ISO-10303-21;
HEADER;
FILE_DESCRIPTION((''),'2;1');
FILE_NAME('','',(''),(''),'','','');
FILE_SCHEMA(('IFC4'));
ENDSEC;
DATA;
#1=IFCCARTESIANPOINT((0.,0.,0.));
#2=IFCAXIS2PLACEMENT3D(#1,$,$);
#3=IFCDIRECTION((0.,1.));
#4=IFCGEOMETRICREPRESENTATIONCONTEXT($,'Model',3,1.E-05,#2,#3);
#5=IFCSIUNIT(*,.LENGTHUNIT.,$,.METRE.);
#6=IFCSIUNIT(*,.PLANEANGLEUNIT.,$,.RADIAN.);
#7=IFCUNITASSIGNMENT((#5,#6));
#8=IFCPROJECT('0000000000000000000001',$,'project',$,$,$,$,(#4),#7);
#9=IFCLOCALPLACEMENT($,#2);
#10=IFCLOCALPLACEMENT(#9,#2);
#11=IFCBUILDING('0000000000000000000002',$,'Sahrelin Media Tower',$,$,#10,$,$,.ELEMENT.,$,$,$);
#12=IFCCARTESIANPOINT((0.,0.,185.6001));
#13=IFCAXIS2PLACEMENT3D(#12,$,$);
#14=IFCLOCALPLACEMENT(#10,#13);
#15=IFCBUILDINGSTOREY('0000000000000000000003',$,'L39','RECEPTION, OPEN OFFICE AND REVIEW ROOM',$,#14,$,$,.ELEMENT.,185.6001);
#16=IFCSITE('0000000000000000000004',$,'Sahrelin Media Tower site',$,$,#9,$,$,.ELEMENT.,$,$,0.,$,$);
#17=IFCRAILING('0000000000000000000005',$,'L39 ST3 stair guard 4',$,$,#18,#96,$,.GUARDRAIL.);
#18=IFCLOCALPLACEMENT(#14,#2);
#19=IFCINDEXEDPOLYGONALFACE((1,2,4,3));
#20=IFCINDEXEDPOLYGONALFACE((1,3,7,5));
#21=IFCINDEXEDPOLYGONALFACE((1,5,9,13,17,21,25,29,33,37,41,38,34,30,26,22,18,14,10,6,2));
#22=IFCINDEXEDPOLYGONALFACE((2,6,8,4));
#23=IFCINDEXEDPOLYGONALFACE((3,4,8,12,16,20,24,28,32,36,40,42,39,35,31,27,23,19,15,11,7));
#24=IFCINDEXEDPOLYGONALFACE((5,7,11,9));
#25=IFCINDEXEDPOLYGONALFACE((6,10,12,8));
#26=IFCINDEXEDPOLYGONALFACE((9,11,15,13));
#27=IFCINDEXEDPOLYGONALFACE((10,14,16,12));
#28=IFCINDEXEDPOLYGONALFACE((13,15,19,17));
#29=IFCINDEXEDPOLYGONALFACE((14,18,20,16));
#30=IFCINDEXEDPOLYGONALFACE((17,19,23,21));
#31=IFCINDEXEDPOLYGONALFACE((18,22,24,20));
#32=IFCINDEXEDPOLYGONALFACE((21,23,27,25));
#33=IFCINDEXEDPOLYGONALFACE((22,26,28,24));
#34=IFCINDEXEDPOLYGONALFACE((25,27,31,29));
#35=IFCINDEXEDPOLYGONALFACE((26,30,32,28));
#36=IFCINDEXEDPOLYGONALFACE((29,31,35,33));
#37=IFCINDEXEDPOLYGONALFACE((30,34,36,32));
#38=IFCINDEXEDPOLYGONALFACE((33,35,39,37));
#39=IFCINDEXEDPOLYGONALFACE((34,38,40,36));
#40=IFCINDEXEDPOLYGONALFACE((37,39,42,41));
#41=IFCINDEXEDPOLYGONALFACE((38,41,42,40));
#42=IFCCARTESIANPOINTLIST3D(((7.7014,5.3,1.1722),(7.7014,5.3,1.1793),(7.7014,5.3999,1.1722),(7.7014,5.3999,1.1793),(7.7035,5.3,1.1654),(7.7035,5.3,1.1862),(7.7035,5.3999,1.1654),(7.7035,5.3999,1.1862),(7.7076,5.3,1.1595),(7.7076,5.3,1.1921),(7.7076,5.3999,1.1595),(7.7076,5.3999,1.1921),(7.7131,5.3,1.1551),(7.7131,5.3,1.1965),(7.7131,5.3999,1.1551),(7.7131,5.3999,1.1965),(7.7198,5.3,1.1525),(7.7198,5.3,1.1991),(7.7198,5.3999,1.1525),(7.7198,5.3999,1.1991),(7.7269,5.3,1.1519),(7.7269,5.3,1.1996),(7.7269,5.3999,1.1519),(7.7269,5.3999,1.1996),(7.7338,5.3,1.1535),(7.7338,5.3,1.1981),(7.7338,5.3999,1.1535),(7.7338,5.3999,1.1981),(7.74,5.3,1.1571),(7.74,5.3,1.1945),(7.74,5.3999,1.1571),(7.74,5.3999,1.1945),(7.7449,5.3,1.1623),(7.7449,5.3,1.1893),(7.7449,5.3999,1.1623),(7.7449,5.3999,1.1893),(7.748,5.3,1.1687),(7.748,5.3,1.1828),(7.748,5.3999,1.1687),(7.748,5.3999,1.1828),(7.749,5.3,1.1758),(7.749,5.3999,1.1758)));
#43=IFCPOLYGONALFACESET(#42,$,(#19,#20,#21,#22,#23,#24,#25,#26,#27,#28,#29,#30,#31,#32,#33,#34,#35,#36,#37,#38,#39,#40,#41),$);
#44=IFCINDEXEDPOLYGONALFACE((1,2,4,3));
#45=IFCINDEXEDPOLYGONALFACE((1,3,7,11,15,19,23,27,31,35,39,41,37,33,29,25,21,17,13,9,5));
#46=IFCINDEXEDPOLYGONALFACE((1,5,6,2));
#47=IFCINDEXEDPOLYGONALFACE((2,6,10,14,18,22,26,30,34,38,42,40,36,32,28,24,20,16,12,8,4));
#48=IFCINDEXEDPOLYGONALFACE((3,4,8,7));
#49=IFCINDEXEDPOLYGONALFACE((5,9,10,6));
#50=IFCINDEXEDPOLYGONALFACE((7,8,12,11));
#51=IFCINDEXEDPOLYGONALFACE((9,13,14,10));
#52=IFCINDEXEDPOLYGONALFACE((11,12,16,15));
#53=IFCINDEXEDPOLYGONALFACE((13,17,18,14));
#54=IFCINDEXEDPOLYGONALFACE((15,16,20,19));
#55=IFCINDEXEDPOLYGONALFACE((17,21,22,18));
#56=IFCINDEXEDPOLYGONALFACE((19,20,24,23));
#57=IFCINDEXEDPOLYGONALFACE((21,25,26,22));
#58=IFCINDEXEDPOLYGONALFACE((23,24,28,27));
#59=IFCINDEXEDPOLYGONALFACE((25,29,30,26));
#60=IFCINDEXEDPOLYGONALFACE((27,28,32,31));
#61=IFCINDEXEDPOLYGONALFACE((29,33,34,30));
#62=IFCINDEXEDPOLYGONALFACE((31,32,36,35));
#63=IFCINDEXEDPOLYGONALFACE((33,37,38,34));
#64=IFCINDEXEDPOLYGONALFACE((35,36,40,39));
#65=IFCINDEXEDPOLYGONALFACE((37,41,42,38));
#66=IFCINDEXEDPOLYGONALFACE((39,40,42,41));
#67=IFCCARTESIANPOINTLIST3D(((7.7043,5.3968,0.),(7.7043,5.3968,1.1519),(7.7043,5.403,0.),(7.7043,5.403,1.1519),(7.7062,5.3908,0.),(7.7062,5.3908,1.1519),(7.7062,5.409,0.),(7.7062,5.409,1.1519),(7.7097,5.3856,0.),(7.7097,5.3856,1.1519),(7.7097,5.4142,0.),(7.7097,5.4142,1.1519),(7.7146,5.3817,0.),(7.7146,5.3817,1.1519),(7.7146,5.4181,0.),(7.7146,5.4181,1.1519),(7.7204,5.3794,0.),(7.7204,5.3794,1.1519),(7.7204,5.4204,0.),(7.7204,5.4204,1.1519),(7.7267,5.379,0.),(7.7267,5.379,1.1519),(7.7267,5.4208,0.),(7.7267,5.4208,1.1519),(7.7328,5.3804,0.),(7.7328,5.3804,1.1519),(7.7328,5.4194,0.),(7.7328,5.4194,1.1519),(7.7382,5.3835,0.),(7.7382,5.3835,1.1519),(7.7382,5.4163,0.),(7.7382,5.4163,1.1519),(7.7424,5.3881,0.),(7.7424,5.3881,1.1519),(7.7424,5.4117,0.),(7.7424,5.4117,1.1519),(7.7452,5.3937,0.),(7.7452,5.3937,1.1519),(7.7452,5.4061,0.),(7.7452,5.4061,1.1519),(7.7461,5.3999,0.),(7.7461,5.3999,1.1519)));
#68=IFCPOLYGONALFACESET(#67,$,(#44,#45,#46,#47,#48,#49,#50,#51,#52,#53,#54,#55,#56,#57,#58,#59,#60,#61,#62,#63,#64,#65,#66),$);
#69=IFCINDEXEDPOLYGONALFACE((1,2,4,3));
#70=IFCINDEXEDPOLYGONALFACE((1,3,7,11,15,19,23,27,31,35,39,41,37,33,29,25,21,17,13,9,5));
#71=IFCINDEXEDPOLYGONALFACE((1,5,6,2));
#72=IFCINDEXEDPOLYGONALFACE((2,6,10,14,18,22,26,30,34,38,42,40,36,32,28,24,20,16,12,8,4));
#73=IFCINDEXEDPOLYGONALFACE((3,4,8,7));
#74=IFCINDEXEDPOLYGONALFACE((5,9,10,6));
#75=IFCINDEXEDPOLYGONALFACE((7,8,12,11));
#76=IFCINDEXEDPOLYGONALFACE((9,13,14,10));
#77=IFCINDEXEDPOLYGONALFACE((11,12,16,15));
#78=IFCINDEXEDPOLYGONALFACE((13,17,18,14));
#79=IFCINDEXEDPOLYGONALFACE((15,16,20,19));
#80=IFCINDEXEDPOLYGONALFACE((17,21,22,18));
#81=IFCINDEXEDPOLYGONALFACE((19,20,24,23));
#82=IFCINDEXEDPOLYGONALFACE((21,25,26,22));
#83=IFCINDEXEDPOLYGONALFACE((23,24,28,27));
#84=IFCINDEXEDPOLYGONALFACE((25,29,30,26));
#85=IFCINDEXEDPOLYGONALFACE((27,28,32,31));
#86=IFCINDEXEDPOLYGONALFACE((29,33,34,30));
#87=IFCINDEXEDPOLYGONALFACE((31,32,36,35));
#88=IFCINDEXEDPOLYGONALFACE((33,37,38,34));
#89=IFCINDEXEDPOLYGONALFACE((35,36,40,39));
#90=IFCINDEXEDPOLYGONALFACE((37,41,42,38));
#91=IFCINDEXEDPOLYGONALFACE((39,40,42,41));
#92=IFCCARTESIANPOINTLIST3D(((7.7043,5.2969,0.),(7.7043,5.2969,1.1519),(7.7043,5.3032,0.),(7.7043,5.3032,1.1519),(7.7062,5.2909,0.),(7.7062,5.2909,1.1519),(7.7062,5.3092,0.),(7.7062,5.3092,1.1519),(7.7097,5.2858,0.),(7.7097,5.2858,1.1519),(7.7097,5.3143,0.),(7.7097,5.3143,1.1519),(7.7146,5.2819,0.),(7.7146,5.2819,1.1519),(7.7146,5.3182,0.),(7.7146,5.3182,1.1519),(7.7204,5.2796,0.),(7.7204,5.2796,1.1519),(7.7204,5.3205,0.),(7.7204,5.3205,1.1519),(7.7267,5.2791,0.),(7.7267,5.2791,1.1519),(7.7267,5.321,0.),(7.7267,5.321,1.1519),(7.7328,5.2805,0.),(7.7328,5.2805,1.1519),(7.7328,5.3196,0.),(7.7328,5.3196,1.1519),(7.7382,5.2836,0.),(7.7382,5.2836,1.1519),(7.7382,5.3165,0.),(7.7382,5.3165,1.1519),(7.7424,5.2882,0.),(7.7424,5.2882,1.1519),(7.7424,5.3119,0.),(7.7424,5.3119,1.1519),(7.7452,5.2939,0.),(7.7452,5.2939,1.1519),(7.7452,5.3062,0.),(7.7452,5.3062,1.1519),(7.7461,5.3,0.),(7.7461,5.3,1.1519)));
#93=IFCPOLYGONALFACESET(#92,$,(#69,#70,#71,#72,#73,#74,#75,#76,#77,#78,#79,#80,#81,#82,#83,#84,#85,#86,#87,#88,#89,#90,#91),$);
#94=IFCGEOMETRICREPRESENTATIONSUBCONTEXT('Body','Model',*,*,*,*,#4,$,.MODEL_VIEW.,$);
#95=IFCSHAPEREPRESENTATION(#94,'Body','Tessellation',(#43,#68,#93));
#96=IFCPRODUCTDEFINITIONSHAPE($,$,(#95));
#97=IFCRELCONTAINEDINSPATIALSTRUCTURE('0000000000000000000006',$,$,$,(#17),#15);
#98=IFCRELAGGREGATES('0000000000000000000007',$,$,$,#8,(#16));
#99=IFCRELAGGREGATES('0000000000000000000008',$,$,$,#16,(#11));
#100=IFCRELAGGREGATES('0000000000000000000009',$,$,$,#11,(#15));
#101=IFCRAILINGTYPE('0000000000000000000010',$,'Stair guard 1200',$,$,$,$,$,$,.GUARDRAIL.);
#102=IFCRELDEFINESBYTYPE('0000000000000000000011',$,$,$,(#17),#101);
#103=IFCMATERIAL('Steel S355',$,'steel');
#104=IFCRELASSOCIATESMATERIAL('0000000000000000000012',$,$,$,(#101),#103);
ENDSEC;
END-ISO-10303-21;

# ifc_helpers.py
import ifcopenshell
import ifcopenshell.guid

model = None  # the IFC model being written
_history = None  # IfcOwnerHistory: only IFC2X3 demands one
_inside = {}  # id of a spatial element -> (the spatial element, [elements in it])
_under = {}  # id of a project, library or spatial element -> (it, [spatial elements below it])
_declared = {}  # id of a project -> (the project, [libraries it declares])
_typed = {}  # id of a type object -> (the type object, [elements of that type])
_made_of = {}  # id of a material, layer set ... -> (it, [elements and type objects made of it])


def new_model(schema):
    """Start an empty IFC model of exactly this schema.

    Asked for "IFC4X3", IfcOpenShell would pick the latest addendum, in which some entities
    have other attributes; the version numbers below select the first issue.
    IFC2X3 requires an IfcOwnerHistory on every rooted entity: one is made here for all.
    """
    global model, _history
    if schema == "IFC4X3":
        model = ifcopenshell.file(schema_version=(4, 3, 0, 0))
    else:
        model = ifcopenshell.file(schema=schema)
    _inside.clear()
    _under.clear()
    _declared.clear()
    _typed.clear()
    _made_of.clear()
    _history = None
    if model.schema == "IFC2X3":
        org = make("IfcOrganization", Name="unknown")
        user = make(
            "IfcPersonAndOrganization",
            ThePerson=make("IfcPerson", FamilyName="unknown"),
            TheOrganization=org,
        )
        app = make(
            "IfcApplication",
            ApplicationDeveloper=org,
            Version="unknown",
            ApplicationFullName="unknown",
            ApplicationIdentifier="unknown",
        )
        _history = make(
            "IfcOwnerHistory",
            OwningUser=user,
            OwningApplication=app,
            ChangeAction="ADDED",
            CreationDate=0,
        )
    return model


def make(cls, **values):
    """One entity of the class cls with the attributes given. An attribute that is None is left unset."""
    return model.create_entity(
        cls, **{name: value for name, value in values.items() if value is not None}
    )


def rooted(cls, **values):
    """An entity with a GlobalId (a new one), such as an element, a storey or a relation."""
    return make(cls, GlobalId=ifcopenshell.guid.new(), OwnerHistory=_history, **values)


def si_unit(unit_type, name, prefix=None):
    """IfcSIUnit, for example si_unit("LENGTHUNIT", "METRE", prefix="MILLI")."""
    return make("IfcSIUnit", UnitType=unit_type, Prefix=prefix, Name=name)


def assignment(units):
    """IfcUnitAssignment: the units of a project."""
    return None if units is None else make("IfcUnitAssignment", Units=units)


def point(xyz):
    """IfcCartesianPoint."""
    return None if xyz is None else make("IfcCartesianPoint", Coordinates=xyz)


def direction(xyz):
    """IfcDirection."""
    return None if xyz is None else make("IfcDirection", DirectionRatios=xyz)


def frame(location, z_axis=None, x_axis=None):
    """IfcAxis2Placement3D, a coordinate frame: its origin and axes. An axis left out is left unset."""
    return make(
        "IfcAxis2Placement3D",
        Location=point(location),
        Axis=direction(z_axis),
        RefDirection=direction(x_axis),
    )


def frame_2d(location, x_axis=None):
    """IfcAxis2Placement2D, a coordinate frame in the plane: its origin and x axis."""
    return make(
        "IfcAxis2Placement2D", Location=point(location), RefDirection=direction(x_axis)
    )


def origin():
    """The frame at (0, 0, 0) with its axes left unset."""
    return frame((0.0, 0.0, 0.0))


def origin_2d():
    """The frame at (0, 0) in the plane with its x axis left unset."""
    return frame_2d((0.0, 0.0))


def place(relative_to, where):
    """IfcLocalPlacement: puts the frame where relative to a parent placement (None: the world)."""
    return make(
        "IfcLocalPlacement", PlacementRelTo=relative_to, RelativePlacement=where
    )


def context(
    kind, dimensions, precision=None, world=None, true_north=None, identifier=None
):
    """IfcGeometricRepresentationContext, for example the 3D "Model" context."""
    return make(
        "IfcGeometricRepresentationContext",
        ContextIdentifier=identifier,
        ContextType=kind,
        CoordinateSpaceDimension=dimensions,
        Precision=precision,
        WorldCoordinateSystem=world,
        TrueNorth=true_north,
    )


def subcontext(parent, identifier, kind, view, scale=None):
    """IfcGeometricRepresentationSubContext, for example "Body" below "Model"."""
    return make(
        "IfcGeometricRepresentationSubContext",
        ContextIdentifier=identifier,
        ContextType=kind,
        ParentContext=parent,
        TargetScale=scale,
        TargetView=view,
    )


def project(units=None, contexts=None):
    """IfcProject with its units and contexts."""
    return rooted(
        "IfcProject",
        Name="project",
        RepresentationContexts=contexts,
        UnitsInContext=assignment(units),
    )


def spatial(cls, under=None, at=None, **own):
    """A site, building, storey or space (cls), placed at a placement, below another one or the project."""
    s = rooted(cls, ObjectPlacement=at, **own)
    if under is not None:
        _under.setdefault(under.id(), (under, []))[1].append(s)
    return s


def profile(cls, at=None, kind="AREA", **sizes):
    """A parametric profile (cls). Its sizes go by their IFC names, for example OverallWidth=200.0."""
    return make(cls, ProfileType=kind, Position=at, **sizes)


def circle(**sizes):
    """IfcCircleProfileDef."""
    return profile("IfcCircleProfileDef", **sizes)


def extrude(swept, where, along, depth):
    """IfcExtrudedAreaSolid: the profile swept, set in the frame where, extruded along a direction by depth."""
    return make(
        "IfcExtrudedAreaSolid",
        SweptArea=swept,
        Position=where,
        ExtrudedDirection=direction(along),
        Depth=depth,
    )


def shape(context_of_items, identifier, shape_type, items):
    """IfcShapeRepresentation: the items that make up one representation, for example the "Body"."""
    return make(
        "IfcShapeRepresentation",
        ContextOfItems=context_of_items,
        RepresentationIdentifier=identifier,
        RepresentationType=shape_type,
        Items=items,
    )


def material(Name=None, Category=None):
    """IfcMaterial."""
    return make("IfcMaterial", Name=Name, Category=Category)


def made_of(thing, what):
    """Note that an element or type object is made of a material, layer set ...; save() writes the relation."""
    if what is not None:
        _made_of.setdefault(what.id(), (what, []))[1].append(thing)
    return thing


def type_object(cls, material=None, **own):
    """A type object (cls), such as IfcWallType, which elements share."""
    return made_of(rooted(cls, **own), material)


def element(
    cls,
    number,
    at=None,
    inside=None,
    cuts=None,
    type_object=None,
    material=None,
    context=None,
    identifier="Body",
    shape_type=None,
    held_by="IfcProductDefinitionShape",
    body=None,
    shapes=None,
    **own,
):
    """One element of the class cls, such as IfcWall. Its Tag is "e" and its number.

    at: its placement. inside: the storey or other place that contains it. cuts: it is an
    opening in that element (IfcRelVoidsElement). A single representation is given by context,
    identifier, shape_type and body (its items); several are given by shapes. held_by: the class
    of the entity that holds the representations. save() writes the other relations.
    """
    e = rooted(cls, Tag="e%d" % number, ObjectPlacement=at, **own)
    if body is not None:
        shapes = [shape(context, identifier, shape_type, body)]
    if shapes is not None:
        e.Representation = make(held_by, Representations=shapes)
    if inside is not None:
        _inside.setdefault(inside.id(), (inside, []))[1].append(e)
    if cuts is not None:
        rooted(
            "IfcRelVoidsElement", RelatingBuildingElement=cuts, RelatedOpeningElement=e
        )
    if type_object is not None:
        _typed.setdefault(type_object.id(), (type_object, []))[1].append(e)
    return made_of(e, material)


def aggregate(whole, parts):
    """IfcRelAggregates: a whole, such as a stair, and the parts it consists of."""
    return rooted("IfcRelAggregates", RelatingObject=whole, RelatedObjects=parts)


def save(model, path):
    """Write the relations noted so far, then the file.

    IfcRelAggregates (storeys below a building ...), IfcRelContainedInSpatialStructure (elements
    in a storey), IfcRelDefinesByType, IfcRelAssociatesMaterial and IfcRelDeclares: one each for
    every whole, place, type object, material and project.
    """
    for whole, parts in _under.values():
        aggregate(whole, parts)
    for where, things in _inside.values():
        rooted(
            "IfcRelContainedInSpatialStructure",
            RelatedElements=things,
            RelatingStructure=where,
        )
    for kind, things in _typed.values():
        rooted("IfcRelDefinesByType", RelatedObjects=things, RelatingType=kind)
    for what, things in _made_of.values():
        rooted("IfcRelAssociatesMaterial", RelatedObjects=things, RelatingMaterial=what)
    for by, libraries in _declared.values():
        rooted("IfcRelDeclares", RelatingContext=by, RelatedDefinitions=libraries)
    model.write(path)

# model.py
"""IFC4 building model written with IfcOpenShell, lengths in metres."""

from ifc_helpers import new_model, si_unit, direction, frame, origin, origin_2d, place, context, subcontext, project, spatial, circle, extrude, material, type_object, element, save


model = new_model("IFC4")

# Units and contexts
model_context = context("Model", 3, precision=1e-05, world=origin(), true_north=direction((0.0, 1.0)))
body_context = subcontext(model_context, "Body", "Model", "MODEL_VIEW")
ifc_project = project(units=[si_unit("LENGTHUNIT", "METRE"), si_unit("PLANEANGLEUNIT", "RADIAN")], contexts=[model_context])

# Site, building, storey
site_placement = place(None, origin())
site = spatial("IfcSite", under=ifc_project, at=site_placement, Name="Sahrelin Media Tower site", CompositionType="ELEMENT", RefElevation=0.0)
building_placement = place(site_placement, origin())
building = spatial("IfcBuilding", under=site, at=building_placement, Name="Sahrelin Media Tower", CompositionType="ELEMENT")
storey_placement = place(building_placement, frame((0.0, 0.0, 185.6001)))
storey = spatial("IfcBuildingStorey", under=building, at=storey_placement, Name="L39", Description="RECEPTION, OPEN OFFICE AND REVIEW ROOM", CompositionType="ELEMENT", Elevation=185.6001)

# Shared definitions
ifc_material_1 = material(Name="Steel S355", Category="steel")

# Railing
railing_type_1 = type_object("IfcRailingType", Name="Stair guard 1200", PredefinedType="GUARDRAIL", material=ifc_material_1)
railing_1_placement = place(storey_placement, frame((7.7251, 5.3999, 0.0)))
element("IfcRailing", 1, at=railing_1_placement, inside=storey, type_object=railing_type_1, Name="L39 ST3 stair guard 4", PredefinedType="GUARDRAIL", context=body_context, shape_type="SweptSolid", body=[
    extrude(circle(Radius=0.0239, at=origin_2d()), frame((0.0, 0.0, 1.1758), z_axis=(0.0, -1.0, 0.0), x_axis=(1.0, 0.0, 0.0)), (0.0, 0.0, 1.0), 0.0999),
    extrude(circle(Radius=0.021, at=origin_2d()), origin(), (0.0, 0.0, 1.0), 1.1519),
    extrude(circle(Radius=0.021, at=origin_2d()), frame((0.0, -0.0999, 0.0)), (0.0, 0.0, 1.0), 1.1519),
])

save(model, "model.ifc")
